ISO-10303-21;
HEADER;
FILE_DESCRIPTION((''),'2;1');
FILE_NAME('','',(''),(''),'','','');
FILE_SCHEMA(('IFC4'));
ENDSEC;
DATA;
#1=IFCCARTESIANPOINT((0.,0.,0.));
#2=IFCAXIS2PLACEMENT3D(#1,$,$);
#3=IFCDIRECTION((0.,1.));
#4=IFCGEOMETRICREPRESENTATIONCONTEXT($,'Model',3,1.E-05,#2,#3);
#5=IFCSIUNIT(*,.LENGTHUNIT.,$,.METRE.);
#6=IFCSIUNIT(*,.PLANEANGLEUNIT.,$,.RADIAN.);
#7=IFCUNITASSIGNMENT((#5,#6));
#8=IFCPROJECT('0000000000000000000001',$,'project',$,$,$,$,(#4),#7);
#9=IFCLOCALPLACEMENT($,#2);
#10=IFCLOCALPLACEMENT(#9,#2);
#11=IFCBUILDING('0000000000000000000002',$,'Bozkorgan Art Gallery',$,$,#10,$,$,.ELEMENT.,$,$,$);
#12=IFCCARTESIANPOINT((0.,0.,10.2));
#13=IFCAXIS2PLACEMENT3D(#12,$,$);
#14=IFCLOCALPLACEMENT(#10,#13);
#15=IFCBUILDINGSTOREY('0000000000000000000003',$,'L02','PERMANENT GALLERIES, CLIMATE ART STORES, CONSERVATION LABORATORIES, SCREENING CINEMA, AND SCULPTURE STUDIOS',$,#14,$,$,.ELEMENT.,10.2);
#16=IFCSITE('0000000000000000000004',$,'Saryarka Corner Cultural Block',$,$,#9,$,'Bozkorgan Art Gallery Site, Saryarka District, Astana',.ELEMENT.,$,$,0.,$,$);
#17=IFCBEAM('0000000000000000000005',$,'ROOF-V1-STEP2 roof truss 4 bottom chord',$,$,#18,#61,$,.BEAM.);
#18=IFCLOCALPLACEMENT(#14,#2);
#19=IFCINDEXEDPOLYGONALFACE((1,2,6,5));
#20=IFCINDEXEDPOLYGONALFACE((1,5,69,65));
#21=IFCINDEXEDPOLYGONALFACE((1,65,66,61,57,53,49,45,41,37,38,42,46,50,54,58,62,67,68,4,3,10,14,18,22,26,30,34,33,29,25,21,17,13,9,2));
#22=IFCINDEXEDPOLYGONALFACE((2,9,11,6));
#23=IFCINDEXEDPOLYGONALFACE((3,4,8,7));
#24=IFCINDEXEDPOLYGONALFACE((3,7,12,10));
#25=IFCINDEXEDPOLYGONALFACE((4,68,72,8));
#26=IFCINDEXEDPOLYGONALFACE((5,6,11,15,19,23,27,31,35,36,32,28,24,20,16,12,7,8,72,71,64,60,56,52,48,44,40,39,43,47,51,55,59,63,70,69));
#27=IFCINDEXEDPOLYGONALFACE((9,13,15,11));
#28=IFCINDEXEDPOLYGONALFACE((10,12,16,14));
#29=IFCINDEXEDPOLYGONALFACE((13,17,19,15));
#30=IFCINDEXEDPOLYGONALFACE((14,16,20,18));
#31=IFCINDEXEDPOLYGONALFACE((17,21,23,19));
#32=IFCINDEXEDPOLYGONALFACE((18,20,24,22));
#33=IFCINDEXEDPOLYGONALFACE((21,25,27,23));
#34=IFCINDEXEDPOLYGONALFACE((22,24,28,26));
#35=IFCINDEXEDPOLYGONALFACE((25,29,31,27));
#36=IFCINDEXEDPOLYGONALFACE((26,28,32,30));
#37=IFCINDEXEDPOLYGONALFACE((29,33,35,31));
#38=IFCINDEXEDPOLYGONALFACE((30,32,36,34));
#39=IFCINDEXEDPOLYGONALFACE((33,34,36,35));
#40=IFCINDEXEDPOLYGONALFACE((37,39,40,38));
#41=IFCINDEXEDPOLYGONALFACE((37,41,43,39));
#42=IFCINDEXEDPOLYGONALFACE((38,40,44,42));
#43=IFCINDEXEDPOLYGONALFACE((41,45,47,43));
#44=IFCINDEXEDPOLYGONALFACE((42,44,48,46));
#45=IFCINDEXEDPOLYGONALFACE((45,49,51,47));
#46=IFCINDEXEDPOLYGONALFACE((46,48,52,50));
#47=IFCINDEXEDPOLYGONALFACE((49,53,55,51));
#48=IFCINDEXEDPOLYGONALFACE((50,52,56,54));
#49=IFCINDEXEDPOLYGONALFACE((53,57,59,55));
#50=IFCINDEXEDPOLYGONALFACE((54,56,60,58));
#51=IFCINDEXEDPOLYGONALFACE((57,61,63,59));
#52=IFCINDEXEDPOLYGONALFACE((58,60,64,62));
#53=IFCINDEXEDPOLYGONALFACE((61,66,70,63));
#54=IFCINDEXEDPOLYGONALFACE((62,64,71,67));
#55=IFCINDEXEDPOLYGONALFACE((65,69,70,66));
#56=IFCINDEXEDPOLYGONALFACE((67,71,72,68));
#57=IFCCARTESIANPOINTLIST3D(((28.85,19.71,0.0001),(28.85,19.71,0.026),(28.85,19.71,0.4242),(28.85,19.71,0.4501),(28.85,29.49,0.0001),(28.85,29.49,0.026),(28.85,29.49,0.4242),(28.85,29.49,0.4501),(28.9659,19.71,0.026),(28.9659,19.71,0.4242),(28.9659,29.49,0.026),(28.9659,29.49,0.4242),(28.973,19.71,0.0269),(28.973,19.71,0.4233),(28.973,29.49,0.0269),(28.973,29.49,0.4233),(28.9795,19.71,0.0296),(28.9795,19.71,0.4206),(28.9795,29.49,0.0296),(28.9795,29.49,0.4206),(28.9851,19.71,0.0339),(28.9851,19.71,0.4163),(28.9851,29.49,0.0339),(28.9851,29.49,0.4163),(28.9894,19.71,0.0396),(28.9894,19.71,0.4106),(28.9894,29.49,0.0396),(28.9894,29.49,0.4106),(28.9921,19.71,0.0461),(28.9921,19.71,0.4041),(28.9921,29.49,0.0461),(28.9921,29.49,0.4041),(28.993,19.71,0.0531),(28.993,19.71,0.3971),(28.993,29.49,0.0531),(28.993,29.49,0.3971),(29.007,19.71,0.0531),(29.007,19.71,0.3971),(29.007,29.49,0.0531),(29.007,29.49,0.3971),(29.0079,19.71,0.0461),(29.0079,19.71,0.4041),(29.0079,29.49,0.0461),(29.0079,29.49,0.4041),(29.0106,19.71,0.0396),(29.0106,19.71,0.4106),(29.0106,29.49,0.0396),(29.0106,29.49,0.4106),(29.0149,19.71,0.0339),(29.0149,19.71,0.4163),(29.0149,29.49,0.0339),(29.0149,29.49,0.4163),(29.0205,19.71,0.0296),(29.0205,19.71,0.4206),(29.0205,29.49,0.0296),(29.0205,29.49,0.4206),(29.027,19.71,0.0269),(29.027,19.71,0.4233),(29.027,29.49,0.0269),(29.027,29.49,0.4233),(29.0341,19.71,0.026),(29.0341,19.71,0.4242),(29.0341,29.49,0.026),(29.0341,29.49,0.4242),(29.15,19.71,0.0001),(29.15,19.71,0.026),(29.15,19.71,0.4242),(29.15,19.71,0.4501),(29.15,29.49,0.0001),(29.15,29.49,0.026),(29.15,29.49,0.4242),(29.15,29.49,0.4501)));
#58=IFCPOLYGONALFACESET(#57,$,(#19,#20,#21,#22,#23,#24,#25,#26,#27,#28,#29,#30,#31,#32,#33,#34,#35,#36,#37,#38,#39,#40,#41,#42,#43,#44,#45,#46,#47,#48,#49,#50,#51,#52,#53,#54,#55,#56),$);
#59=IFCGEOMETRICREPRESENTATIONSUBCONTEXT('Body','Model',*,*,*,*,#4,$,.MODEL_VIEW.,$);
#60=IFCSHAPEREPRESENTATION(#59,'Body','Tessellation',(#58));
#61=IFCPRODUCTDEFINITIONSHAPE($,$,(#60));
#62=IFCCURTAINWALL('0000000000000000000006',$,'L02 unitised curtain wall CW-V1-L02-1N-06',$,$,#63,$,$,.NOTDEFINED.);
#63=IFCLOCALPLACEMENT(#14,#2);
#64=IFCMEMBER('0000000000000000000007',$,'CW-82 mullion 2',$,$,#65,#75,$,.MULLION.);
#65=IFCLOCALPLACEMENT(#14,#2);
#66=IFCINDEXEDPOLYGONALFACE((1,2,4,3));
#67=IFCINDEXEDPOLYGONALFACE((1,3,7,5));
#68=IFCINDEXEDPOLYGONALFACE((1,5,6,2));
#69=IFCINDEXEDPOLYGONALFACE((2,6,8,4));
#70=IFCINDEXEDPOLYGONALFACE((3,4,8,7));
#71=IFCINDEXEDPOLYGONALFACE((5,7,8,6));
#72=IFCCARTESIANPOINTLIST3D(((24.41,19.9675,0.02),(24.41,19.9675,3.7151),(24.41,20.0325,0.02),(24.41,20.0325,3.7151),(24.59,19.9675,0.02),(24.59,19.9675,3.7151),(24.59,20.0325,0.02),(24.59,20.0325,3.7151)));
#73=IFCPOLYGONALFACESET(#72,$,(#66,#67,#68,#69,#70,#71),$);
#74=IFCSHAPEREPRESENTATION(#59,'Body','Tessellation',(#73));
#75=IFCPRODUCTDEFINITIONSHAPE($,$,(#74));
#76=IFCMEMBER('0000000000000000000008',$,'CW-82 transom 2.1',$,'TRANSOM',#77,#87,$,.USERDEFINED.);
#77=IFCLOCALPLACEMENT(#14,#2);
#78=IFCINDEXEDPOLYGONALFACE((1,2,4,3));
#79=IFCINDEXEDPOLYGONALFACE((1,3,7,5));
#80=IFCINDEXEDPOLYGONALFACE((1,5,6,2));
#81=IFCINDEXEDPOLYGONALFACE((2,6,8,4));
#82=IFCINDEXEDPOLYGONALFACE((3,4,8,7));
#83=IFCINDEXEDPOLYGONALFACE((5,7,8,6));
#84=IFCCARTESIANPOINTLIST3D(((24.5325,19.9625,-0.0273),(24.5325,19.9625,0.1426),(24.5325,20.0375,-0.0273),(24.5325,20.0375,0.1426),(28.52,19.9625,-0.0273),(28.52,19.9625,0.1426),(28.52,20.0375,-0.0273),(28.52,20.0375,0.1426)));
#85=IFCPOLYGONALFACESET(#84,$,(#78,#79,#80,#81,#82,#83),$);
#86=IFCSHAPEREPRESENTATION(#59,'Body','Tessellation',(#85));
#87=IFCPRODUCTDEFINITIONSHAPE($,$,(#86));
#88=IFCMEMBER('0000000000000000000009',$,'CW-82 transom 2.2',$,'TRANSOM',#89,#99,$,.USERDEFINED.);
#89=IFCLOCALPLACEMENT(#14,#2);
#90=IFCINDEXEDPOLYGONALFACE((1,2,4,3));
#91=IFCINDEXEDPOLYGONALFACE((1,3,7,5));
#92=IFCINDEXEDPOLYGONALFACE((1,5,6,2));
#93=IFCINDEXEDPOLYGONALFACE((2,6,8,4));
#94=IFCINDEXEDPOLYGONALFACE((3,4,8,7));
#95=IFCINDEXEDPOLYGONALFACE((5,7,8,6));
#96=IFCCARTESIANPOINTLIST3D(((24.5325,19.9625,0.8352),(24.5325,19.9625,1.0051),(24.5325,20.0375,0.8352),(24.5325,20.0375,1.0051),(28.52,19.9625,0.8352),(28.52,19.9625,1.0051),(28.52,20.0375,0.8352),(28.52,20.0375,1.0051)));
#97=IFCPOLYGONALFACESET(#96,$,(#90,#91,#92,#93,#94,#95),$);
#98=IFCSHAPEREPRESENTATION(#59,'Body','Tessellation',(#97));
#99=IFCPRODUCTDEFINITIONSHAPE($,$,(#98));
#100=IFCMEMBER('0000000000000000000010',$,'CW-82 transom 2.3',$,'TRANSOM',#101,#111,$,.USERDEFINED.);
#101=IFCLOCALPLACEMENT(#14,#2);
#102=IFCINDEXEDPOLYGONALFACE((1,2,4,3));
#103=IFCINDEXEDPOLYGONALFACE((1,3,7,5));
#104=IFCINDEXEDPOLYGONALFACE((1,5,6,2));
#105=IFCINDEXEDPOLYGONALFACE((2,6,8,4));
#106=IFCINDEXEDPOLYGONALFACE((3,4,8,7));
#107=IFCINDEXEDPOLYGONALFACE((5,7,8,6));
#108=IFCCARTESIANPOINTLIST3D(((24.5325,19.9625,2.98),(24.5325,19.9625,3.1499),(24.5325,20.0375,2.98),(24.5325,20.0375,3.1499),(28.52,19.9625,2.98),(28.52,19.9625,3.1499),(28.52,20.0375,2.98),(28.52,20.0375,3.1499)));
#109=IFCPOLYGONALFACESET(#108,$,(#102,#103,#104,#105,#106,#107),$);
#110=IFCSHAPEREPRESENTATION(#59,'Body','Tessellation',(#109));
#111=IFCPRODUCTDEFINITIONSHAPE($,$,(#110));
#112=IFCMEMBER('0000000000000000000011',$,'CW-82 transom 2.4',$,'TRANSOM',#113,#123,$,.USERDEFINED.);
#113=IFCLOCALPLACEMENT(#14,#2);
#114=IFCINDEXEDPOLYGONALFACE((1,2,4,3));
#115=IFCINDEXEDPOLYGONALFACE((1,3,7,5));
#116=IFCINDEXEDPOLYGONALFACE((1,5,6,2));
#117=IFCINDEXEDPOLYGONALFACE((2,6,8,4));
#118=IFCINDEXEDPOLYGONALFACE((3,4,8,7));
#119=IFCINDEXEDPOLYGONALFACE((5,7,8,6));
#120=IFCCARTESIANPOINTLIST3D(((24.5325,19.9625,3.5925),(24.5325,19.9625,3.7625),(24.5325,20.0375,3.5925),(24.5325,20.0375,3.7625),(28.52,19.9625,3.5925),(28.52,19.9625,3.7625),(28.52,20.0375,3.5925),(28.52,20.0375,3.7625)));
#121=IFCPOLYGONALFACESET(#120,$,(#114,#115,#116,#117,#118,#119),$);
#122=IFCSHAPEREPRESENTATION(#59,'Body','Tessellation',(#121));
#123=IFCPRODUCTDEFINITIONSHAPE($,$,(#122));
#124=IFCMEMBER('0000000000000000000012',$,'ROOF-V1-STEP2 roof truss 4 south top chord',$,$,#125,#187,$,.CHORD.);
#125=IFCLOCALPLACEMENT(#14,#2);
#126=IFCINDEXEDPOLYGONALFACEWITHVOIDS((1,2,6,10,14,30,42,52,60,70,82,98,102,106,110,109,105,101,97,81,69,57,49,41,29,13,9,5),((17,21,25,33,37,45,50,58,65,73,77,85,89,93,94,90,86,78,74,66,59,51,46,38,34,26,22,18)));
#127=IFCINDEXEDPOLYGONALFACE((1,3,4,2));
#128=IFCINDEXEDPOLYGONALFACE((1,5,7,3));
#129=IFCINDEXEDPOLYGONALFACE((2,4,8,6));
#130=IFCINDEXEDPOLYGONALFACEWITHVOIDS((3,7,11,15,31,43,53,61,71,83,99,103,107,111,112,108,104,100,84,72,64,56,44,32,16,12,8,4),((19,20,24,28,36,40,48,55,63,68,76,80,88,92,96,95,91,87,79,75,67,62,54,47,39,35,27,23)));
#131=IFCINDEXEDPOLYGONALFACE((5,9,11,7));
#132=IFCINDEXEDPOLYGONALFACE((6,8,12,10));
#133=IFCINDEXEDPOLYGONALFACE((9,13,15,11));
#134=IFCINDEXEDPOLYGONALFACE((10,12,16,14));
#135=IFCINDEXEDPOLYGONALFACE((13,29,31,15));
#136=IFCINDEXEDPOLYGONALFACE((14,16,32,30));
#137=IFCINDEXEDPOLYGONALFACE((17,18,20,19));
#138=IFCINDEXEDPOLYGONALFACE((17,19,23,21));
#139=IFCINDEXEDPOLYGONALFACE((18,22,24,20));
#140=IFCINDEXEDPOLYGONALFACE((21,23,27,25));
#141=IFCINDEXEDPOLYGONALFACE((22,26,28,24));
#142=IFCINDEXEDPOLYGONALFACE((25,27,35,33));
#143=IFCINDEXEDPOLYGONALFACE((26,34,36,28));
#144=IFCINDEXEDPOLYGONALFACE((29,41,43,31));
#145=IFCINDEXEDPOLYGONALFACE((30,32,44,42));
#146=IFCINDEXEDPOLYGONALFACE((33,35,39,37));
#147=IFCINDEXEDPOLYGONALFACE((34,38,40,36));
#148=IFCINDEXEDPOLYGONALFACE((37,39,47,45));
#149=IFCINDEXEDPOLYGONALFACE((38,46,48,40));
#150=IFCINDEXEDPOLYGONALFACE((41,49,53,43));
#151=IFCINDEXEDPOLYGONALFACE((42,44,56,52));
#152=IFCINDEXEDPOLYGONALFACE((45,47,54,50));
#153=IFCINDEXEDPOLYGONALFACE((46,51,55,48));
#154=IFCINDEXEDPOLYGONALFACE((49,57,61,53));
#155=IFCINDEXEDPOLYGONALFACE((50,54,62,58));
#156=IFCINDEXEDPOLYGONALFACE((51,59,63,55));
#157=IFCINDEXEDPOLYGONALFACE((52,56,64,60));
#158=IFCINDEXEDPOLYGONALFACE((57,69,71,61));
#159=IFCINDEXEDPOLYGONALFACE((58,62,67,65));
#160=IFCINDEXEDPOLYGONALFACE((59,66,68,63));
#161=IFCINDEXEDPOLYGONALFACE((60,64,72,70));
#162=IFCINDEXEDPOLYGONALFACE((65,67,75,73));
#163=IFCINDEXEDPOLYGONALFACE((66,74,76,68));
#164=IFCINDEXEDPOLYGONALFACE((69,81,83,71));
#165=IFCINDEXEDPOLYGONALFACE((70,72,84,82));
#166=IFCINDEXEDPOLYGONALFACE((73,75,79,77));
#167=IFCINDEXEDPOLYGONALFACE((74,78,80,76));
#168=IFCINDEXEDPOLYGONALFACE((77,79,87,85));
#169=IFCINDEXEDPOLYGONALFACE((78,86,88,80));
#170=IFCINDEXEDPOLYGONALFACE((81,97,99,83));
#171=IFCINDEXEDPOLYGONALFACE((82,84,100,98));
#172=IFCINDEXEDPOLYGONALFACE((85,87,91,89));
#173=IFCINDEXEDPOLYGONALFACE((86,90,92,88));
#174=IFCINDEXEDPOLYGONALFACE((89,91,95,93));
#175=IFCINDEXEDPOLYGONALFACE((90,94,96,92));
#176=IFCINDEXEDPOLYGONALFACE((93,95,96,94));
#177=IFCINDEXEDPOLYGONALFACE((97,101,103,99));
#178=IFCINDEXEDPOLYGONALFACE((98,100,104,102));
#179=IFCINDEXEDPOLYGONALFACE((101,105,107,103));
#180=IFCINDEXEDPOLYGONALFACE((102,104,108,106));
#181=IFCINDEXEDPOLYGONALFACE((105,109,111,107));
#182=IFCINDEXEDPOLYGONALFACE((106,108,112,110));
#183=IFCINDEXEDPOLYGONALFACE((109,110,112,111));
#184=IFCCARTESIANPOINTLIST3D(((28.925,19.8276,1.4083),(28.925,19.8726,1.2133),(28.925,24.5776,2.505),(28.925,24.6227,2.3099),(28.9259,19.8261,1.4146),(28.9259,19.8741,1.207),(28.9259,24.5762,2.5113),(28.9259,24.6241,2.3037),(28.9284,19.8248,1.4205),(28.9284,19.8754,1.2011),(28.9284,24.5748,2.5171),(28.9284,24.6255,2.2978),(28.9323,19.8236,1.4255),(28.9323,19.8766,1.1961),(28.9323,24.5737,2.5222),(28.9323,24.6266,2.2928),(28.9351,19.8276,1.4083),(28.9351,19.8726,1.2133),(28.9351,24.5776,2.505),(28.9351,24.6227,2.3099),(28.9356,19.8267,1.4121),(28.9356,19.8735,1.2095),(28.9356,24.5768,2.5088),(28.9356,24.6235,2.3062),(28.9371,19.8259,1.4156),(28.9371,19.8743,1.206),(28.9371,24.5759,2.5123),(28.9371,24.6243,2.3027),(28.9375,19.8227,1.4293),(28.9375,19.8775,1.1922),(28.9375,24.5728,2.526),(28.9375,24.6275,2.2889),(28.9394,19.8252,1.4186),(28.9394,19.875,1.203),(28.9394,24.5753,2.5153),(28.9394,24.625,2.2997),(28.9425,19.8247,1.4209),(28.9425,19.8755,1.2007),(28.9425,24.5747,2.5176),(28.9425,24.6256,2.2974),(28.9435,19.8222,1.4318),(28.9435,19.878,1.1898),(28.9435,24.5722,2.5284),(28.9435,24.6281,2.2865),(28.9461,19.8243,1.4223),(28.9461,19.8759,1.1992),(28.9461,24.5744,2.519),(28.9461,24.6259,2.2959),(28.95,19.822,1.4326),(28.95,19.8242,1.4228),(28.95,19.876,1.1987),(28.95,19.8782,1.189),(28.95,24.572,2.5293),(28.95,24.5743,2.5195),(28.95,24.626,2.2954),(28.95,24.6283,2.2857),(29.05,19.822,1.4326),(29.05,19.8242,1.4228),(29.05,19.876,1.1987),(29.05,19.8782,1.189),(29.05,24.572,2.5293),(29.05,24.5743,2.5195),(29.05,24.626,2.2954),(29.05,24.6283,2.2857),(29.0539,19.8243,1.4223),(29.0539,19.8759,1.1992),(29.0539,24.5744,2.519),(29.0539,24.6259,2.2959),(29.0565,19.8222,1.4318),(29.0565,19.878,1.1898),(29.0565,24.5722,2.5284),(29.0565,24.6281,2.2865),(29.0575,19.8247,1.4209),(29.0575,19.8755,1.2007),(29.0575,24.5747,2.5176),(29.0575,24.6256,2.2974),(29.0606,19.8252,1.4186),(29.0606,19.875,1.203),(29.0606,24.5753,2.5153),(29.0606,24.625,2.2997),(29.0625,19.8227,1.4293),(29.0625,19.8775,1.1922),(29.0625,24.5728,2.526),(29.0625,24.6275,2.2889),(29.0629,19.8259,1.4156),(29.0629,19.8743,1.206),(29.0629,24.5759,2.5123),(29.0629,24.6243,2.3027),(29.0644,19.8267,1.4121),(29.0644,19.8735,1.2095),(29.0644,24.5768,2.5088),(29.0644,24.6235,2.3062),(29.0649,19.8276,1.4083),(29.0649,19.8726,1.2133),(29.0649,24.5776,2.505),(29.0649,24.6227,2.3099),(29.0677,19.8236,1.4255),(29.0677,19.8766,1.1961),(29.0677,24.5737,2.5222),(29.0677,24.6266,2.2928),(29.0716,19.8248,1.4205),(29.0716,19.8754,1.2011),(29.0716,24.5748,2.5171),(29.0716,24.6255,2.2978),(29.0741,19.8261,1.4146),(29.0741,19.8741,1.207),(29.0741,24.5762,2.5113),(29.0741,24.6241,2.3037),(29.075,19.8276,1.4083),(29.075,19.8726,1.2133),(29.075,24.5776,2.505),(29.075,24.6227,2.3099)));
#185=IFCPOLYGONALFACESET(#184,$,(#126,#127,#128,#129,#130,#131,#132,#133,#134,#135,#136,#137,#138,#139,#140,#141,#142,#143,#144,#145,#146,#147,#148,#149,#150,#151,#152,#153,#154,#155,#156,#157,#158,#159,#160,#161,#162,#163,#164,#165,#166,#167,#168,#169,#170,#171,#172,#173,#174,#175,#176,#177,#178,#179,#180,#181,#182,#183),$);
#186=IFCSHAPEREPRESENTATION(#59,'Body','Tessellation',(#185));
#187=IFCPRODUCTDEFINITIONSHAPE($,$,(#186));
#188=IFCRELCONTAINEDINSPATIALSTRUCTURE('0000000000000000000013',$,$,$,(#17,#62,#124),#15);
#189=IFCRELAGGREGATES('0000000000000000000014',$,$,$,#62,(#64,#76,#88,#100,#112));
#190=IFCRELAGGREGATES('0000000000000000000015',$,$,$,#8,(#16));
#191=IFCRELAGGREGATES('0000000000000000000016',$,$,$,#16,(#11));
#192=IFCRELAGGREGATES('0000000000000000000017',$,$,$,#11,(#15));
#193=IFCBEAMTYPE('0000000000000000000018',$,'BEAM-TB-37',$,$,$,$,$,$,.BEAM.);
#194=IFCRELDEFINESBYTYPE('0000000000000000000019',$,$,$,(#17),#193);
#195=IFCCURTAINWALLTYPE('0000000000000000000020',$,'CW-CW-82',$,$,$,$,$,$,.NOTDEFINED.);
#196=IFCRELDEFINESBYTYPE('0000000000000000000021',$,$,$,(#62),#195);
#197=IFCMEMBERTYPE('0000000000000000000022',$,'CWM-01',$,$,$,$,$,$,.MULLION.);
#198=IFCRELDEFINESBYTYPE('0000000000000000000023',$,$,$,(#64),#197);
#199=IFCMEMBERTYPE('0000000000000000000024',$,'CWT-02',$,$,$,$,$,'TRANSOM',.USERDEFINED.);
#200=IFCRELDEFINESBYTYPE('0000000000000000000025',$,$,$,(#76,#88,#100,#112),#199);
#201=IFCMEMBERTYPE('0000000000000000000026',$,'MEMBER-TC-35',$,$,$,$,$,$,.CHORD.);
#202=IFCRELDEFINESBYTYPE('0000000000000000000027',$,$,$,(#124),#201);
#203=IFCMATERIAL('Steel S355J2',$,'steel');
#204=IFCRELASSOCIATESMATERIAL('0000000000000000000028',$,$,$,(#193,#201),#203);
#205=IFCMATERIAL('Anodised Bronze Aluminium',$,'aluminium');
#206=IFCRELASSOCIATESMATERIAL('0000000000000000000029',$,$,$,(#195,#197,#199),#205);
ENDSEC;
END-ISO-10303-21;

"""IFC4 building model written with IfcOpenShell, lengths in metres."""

from ifc_helpers import new_model, si_unit, direction, frame, origin, origin_2d, place, context, subcontext, project, spatial, rectangle, hollow_rectangle, i_section, extrude, material, material_profile, profile_set, type_object, element, aggregate, save


model = new_model("IFC4")

# Units and contexts
model_context = context("Model", 3, precision=1e-05, world=origin(), true_north=direction((0.0, 1.0)))
body_context = subcontext(model_context, "Body", "Model", "MODEL_VIEW")
ifc_project = project(units=[si_unit("LENGTHUNIT", "METRE"), si_unit("PLANEANGLEUNIT", "RADIAN")], contexts=[model_context])

# Site, building, storey
site_placement = place(None, origin())
site = spatial("IfcSite", under=ifc_project, at=site_placement, Name="Saryarka Corner Cultural Block", LongName="Bozkorgan Art Gallery Site, Saryarka District, Astana", CompositionType="ELEMENT", RefElevation=0.0)
building_placement = place(site_placement, origin())
building = spatial("IfcBuilding", under=site, at=building_placement, Name="Bozkorgan Art Gallery", CompositionType="ELEMENT")
storey_placement = place(building_placement, frame((0.0, 0.0, 10.2)))
storey = spatial("IfcBuildingStorey", under=building, at=storey_placement, Name="L02", Description="PERMANENT GALLERIES, CLIMATE ART STORES, CONSERVATION LABORATORIES, SCREENING CINEMA, AND SCULPTURE STUDIOS", CompositionType="ELEMENT", Elevation=10.2)

# Beam
ifc_material_1 = material(Name="Steel S355J2", Category="steel")
ifc_material_profile_1 = material_profile(ifc_material_1, i_section(OverallWidth=0.3, OverallDepth=0.45, WebThickness=0.0139, FlangeThickness=0.0259, FilletRadius=0.0271, at=origin_2d()), Name="HEB 450")
ifc_profile_set_1 = profile_set([ifc_material_profile_1], Name="Steel S355J2")
beam_type_1 = type_object("IfcBeamType", Name="BEAM-TB-37", PredefinedType="BEAM", material=ifc_profile_set_1)
beam_1_placement = place(storey_placement, frame((29.0, 19.71, 0.2251), z_axis=(0.0, 1.0, 0.0), x_axis=(-1.0, 0.0, 0.0)))
element("IfcBeam", 1, at=beam_1_placement, inside=storey, type_object=beam_type_1, Name="ROOF-V1-STEP2 roof truss 4 bottom chord", PredefinedType="BEAM", context=body_context, shape_type="SweptSolid", body=[
    extrude(i_section(OverallWidth=0.3, OverallDepth=0.45, WebThickness=0.0139, FlangeThickness=0.0259, FilletRadius=0.0271, at=origin_2d()), origin(), (0.0, 0.0, 1.0), 9.78),
])

# Curtain wall, members
ifc_material_2 = material(Name="Anodised Bronze Aluminium", Category="aluminium")
curtain_wall_type = type_object("IfcCurtainWallType", Name="CW-CW-82", PredefinedType="NOTDEFINED", material=ifc_material_2)
curtain_wall_placement = place(storey_placement, origin())
curtain_wall = element("IfcCurtainWall", 2, at=curtain_wall_placement, inside=storey, type_object=curtain_wall_type, Name="L02 unitised curtain wall CW-V1-L02-1N-06", PredefinedType="NOTDEFINED")
ifc_material_profile_2 = material_profile(ifc_material_2, rectangle(XDim=0.0649, YDim=0.1799, at=origin_2d()), Name="ALU MULLION 65x180")
ifc_profile_set_2 = profile_set([ifc_material_profile_2], Name="Anodised Bronze Aluminium")
member_type_1 = type_object("IfcMemberType", Name="CWM-01", PredefinedType="MULLION", material=ifc_profile_set_2)
member_1_placement = place(storey_placement, frame((24.5, 20.0, 0.02), z_axis=(0.0, 0.0, 1.0), x_axis=(0.0, 1.0, 0.0)))
member_1 = element("IfcMember", 3, at=member_1_placement, type_object=member_type_1, Name="CW-82 mullion 2", PredefinedType="MULLION", context=body_context, shape_type="SweptSolid", body=[
    extrude(rectangle(XDim=0.0649, YDim=0.1799, at=origin_2d()), origin(), (0.0, 0.0, 1.0), 3.6951),
])
ifc_material_profile_3 = material_profile(ifc_material_2, rectangle(XDim=0.075, YDim=0.1699, at=origin_2d()), Name="ALU TRANSOM 75x170")
ifc_profile_set_3 = profile_set([ifc_material_profile_3], Name="Anodised Bronze Aluminium")
member_type_2 = type_object("IfcMemberType", Name="CWT-02", ElementType="TRANSOM", PredefinedType="USERDEFINED", material=ifc_profile_set_3)
member_2_placement = place(storey_placement, frame((24.5325, 20.0, 0.0576), z_axis=(1.0, 0.0, 0.0), x_axis=(0.0, 1.0, 0.0)))
member_2 = element("IfcMember", 4, at=member_2_placement, type_object=member_type_2, Name="CW-82 transom 2.1", ObjectType="TRANSOM", PredefinedType="USERDEFINED", context=body_context, shape_type="SweptSolid", body=[
    extrude(rectangle(XDim=0.075, YDim=0.1699, at=origin_2d()), origin(), (0.0, 0.0, 1.0), 3.9875),
])
member_3_placement = place(storey_placement, frame((24.5325, 20.0, 0.9202), z_axis=(1.0, 0.0, 0.0), x_axis=(0.0, 1.0, 0.0)))
member_3 = element("IfcMember", 5, at=member_3_placement, type_object=member_type_2, Name="CW-82 transom 2.2", ObjectType="TRANSOM", PredefinedType="USERDEFINED", context=body_context, shape_type="SweptSolid", body=[
    extrude(rectangle(XDim=0.075, YDim=0.1699, at=origin_2d()), origin(), (0.0, 0.0, 1.0), 3.9875),
])
member_4_placement = place(storey_placement, frame((24.5325, 20.0, 3.0649), z_axis=(1.0, 0.0, 0.0), x_axis=(0.0, 1.0, 0.0)))
member_4 = element("IfcMember", 6, at=member_4_placement, type_object=member_type_2, Name="CW-82 transom 2.3", ObjectType="TRANSOM", PredefinedType="USERDEFINED", context=body_context, shape_type="SweptSolid", body=[
    extrude(rectangle(XDim=0.075, YDim=0.1699, at=origin_2d()), origin(), (0.0, 0.0, 1.0), 3.9875),
])
member_5_placement = place(storey_placement, frame((24.5325, 20.0, 3.6775), z_axis=(1.0, 0.0, 0.0), x_axis=(0.0, 1.0, 0.0)))
member_5 = element("IfcMember", 7, at=member_5_placement, type_object=member_type_2, Name="CW-82 transom 2.4", ObjectType="TRANSOM", PredefinedType="USERDEFINED", context=body_context, shape_type="SweptSolid", body=[
    extrude(rectangle(XDim=0.075, YDim=0.1699, at=origin_2d()), origin(), (0.0, 0.0, 1.0), 3.9875),
])

# Member
ifc_material_profile_4 = material_profile(ifc_material_1, hollow_rectangle(XDim=0.1499, YDim=0.25, WallThickness=0.01, InnerFilletRadius=0.0149, OuterFilletRadius=0.0249, at=origin_2d()), Name="RHS 250x150x10")
ifc_profile_set_4 = profile_set([ifc_material_profile_4], Name="Steel S355J2")
member_type_3 = type_object("IfcMemberType", Name="MEMBER-TC-35", PredefinedType="CHORD", material=ifc_profile_set_4)
member_6_placement = place(storey_placement, frame((29.0, 19.8501, 1.3108), z_axis=(0.0, 0.974368, 0.224962), x_axis=(-1.0, 0.0, 0.0)))
element("IfcMember", 8, at=member_6_placement, inside=storey, type_object=member_type_3, Name="ROOF-V1-STEP2 roof truss 4 south top chord", PredefinedType="CHORD", context=body_context, shape_type="SweptSolid", body=[
    extrude(hollow_rectangle(XDim=0.1499, YDim=0.25, WallThickness=0.01, InnerFilletRadius=0.0149, OuterFilletRadius=0.0249, at=origin_2d()), origin(), (0.0, 0.0, 1.0), 4.875),
])

aggregate(curtain_wall, [member_1, member_2, member_3, member_4, member_5])

save(model, "model.ifc")
